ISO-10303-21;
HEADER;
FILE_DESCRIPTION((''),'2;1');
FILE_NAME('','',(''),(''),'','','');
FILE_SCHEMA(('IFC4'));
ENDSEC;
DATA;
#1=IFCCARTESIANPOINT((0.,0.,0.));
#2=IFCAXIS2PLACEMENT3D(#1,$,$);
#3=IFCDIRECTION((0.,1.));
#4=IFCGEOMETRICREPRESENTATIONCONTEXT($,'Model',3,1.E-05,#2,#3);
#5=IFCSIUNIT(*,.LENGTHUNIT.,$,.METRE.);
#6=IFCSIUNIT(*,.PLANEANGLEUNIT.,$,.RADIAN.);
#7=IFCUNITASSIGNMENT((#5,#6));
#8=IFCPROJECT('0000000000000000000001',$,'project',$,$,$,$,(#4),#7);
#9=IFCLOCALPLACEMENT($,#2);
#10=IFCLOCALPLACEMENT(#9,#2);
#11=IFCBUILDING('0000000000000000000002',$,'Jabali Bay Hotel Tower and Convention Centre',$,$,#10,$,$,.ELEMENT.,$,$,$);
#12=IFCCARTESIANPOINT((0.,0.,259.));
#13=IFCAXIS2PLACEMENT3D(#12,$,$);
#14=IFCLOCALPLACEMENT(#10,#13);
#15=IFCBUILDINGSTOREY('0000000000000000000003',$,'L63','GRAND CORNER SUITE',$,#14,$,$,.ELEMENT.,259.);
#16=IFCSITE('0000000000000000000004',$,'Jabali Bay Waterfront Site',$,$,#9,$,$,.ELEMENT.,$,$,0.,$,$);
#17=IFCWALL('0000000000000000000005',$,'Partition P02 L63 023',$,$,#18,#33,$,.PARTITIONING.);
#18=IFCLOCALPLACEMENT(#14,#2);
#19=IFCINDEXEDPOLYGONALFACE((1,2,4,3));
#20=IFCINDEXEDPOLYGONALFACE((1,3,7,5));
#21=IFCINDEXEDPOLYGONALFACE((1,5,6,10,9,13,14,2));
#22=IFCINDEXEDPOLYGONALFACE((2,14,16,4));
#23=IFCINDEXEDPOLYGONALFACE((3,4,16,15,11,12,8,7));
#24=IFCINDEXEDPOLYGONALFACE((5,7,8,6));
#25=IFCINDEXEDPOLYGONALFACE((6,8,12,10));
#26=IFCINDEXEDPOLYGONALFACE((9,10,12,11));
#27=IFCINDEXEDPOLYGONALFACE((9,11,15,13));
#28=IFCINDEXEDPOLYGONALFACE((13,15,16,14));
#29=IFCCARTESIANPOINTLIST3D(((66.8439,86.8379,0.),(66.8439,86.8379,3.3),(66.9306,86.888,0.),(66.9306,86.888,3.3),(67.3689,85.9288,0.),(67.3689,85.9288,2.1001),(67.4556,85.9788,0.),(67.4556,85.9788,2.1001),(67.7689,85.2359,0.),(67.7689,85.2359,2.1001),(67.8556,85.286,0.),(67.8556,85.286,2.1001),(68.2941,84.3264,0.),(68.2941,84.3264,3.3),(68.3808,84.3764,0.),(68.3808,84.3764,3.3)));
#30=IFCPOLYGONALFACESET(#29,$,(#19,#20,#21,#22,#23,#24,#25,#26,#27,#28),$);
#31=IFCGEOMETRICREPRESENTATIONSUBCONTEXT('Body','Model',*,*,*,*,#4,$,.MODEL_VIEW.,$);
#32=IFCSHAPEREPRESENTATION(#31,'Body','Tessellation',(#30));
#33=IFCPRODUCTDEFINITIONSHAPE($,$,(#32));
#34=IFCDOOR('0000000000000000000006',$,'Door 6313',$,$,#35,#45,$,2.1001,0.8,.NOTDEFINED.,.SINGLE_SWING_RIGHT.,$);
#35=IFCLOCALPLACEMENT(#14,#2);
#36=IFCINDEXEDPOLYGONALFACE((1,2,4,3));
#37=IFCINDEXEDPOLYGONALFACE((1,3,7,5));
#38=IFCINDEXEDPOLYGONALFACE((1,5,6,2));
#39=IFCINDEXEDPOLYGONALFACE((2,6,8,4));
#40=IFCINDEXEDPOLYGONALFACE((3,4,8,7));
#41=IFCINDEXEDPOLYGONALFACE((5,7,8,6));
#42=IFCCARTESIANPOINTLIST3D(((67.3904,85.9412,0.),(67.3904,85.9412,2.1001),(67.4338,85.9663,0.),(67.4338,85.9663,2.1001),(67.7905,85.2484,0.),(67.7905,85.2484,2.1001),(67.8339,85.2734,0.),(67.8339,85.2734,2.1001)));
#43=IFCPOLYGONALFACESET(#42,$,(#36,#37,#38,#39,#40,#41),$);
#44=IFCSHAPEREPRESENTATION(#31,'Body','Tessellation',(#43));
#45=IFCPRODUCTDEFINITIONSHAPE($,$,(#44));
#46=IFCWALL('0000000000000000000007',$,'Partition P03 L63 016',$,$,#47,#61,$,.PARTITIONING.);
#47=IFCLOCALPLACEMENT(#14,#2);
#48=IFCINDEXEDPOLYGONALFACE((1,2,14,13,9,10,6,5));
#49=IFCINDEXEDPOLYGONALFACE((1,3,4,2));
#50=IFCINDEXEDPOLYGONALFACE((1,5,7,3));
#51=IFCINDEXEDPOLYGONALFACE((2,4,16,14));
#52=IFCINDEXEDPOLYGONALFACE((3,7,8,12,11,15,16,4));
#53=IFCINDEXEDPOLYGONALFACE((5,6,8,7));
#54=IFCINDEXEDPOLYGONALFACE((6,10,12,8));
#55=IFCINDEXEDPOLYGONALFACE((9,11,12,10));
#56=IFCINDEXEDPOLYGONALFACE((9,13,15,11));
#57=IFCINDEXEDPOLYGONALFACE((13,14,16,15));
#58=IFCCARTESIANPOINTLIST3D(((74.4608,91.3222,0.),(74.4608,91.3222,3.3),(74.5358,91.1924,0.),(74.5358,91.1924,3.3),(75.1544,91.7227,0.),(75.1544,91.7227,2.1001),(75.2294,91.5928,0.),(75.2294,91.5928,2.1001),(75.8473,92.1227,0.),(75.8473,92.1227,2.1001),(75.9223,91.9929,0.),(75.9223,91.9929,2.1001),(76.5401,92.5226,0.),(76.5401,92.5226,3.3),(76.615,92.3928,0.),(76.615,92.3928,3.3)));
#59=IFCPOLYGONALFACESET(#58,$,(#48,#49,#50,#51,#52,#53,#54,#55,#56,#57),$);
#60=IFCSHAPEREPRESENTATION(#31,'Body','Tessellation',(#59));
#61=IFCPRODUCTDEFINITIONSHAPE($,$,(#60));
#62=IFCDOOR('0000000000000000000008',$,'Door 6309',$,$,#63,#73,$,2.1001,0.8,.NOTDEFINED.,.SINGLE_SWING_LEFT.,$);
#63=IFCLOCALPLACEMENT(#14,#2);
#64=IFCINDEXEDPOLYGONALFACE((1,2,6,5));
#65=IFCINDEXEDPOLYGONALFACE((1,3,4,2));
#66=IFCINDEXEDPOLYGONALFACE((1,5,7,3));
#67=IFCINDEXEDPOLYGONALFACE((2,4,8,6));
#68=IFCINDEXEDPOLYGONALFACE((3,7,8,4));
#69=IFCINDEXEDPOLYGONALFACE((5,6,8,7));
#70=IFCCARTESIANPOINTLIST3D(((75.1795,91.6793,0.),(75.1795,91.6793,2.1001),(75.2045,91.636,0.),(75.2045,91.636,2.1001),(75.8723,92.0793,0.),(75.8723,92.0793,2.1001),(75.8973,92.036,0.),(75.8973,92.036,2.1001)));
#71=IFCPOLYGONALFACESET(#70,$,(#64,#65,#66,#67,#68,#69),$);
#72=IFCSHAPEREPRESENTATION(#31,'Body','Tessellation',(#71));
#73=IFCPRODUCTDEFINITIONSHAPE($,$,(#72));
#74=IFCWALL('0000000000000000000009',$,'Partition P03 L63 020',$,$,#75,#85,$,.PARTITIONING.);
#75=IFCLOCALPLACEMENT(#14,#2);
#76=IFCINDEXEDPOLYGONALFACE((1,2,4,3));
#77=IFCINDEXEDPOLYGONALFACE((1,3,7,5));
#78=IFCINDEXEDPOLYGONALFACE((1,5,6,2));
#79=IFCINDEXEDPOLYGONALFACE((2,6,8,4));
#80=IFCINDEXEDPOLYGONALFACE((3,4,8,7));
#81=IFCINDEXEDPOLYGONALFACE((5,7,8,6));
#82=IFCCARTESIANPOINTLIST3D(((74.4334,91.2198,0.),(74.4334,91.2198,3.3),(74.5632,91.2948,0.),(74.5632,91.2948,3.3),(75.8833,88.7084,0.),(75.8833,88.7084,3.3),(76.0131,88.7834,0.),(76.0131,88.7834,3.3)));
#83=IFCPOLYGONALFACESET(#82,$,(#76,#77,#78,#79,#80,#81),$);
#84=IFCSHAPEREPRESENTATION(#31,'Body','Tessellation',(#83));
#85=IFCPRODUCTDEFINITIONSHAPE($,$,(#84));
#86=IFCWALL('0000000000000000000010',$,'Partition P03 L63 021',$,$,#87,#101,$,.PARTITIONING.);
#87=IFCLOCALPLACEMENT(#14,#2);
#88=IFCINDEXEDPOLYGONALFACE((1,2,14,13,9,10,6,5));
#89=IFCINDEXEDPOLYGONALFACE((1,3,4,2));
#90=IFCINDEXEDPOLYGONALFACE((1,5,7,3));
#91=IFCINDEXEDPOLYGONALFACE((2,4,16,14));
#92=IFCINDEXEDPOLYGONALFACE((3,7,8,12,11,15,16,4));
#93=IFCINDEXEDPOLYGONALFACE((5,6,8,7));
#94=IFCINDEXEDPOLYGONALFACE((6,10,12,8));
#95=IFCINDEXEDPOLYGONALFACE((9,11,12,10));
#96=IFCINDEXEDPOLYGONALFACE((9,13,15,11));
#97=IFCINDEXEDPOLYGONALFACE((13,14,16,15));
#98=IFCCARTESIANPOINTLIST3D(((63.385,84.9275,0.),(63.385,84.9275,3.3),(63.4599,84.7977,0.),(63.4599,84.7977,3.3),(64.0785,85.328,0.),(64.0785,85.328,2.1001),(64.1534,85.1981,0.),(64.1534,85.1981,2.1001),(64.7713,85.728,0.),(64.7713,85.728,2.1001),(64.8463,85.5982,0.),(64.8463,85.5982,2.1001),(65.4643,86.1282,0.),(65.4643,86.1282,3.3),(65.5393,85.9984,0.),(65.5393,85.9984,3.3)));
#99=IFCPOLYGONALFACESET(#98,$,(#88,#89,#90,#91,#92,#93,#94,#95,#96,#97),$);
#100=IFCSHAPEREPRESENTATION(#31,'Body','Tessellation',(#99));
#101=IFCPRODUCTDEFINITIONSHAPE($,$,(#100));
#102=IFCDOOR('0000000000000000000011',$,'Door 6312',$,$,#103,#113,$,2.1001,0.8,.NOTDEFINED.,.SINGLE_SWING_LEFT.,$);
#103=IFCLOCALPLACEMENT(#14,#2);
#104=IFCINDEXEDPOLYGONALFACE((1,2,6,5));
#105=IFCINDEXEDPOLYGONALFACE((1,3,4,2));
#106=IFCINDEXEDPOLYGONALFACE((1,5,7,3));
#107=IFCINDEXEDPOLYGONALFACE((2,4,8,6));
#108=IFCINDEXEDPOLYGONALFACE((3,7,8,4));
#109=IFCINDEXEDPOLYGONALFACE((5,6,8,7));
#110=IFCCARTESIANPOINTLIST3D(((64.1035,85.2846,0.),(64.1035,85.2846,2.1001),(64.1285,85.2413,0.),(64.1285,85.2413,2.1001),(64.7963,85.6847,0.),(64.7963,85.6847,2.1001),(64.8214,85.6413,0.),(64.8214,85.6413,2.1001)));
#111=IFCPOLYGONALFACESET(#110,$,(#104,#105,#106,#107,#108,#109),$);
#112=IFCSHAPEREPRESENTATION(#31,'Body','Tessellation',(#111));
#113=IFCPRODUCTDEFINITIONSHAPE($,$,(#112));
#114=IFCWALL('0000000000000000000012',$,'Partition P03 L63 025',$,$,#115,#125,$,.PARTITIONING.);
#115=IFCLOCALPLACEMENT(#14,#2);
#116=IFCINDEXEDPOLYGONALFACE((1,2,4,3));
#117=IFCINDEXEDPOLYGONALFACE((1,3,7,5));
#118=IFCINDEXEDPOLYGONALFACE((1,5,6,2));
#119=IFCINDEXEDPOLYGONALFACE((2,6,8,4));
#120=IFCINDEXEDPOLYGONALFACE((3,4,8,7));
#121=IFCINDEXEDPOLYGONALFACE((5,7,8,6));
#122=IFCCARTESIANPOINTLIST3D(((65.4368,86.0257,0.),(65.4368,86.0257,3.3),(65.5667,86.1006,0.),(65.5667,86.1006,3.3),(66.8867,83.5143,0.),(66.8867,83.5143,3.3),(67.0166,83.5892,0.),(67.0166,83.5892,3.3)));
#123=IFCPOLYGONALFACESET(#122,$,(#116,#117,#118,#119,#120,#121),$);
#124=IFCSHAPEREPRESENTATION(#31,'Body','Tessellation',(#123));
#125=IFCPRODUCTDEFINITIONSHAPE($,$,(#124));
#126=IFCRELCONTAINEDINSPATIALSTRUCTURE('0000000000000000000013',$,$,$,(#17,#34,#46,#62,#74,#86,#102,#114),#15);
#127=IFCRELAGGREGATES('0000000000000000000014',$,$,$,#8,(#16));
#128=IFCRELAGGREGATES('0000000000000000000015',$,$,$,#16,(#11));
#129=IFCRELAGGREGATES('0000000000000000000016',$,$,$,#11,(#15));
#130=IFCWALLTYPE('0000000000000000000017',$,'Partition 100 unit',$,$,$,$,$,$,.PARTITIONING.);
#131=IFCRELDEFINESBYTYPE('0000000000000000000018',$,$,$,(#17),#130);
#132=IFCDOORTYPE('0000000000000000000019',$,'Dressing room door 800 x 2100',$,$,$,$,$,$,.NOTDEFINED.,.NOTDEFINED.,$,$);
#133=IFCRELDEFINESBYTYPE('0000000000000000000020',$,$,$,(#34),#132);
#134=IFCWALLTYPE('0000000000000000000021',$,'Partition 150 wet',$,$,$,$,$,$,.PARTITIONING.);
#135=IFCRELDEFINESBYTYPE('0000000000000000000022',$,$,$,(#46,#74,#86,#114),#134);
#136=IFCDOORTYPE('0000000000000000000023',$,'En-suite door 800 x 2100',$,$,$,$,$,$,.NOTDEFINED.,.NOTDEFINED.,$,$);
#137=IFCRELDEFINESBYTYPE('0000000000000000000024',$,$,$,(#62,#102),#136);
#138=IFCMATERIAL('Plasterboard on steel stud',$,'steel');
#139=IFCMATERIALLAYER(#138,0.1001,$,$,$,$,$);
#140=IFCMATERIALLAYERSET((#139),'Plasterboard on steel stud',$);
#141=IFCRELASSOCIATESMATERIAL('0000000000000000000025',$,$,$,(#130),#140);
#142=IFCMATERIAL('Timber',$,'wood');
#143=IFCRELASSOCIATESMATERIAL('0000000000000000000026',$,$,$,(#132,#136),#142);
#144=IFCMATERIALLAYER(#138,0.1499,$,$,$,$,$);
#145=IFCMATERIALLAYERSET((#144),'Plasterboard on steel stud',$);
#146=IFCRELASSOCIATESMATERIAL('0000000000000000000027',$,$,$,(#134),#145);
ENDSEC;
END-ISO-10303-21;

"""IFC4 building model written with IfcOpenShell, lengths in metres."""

from ifc_helpers import new_model, si_unit, direction, frame, frame_2d, origin, place, context, subcontext, project, spatial, rectangle, extrude, material, layer, layer_set, type_object, element, fill, save


model = new_model("IFC4")

# Units and contexts
model_context = context("Model", 3, precision=1e-05, world=origin(), true_north=direction((0.0, 1.0)))
body_context = subcontext(model_context, "Body", "Model", "MODEL_VIEW")
ifc_project = project(units=[si_unit("LENGTHUNIT", "METRE"), si_unit("PLANEANGLEUNIT", "RADIAN")], contexts=[model_context])

# Site, building, storey
site_placement = place(None, origin())
site = spatial("IfcSite", under=ifc_project, at=site_placement, Name="Jabali Bay Waterfront Site", CompositionType="ELEMENT", RefElevation=0.0)
building_placement = place(site_placement, origin())
building = spatial("IfcBuilding", under=site, at=building_placement, Name="Jabali Bay Hotel Tower and Convention Centre", CompositionType="ELEMENT")
storey_placement = place(building_placement, frame((0.0, 0.0, 259.0)))
storey = spatial("IfcBuildingStorey", under=building, at=storey_placement, Name="L63", Description="GRAND CORNER SUITE", CompositionType="ELEMENT", Elevation=259.0)

# Shared definitions
ifc_material_1 = material(Name="Timber", Category="wood")

# Shared definitions
ifc_material_2 = material(Name="Plasterboard on steel stud", Category="steel")
ifc_layer_1 = layer(ifc_material_2, 0.1001)
ifc_layer_set_1 = layer_set([ifc_layer_1], Name="Plasterboard on steel stud")
wall_type_1 = type_object("IfcWallType", Name="Partition 100 unit", PredefinedType="PARTITIONING", material=ifc_layer_set_1)
door_type_1 = type_object("IfcDoorType", Name="Dressing room door 800 x 2100", OperationType="NOTDEFINED", PredefinedType="NOTDEFINED", material=ifc_material_1)

# Walls, openings, doors
wall_1_placement = place(storey_placement, frame((66.8872, 86.863, 0.0), z_axis=(0.0, 0.0, 1.0), x_axis=(0.50005, -0.865996, 0.0)))
wall_1 = element("IfcWall", 1, at=wall_1_placement, inside=storey, type_object=wall_type_1, Name="Partition P02 L63 023", PredefinedType="PARTITIONING", context=body_context, shape_type="SweptSolid", body=[
    extrude(rectangle(XDim=2.9001, YDim=0.1001, at=frame_2d((1.4502, 0.0))), origin(), (0.0, 0.0, 1.0), 3.3),
])
opening_1_placement = place(wall_1_placement, frame((1.05, 0.0, 0.0)))
opening_1 = element("IfcOpeningElement", 2, at=opening_1_placement, cuts=wall_1, PredefinedType="OPENING", context=body_context, shape_type="SweptSolid", body=[
    extrude(rectangle(XDim=0.8, YDim=2.1001, at=frame_2d((0.3999, 1.05))), frame((0.0, 0.0605, 0.0), z_axis=(0.0, -1.0, 0.0), x_axis=(1.0, 0.0, 0.0)), (0.0, 0.0, 1.0), 0.1211),
])
door_1_placement = place(opening_1_placement, origin())
door_1 = element("IfcDoor", 3, at=door_1_placement, inside=storey, type_object=door_type_1, Name="Door 6313", OperationType="SINGLE_SWING_RIGHT", OverallHeight=2.1001, OverallWidth=0.8, PredefinedType="NOTDEFINED", context=body_context, shape_type="SweptSolid", body=[
    extrude(rectangle(XDim=0.8, YDim=2.1001, at=frame_2d((0.3999, 1.05))), frame((0.0, 0.0249, 0.0), z_axis=(0.0, -1.0, 0.0), x_axis=(1.0, 0.0, 0.0)), (0.0, 0.0, 1.0), 0.05),
])
fill(opening_1, door_1)
ifc_layer_2 = layer(ifc_material_2, 0.1499)
ifc_layer_set_2 = layer_set([ifc_layer_2], Name="Plasterboard on steel stud")
wall_type_2 = type_object("IfcWallType", Name="Partition 150 wet", PredefinedType="PARTITIONING", material=ifc_layer_set_2)
wall_2_placement = place(storey_placement, frame((74.4983, 91.2573, 0.0), z_axis=(0.0, 0.0, 1.0), x_axis=(0.866038, 0.499978, 0.0)))
wall_2 = element("IfcWall", 4, at=wall_2_placement, inside=storey, type_object=wall_type_2, Name="Partition P03 L63 016", PredefinedType="PARTITIONING", context=body_context, shape_type="SweptSolid", body=[
    extrude(rectangle(XDim=2.4009, YDim=0.1499, at=frame_2d((1.2004, 0.0))), origin(), (0.0, 0.0, 1.0), 3.3),
])
opening_2_placement = place(wall_2_placement, frame((0.801, 0.0, 0.0)))
opening_2 = element("IfcOpeningElement", 5, at=opening_2_placement, cuts=wall_2, PredefinedType="OPENING", context=body_context, shape_type="SweptSolid", body=[
    extrude(rectangle(XDim=0.8, YDim=2.1001, at=frame_2d((0.3999, 1.05))), frame((0.0, 0.0854, 0.0), z_axis=(0.0, -1.0, 0.0), x_axis=(1.0, 0.0, 0.0)), (0.0, 0.0, 1.0), 0.1709),
])
door_type_2 = type_object("IfcDoorType", Name="En-suite door 800 x 2100", OperationType="NOTDEFINED", PredefinedType="NOTDEFINED", material=ifc_material_1)
door_2_placement = place(opening_2_placement, origin())
door_2 = element("IfcDoor", 6, at=door_2_placement, inside=storey, type_object=door_type_2, Name="Door 6309", OperationType="SINGLE_SWING_LEFT", OverallHeight=2.1001, OverallWidth=0.8, PredefinedType="NOTDEFINED", context=body_context, shape_type="SweptSolid", body=[
    extrude(rectangle(XDim=0.8, YDim=2.1001, at=frame_2d((0.3999, 1.05))), frame((0.0, 0.0249, 0.0), z_axis=(0.0, -1.0, 0.0), x_axis=(1.0, 0.0, 0.0)), (0.0, 0.0, 1.0), 0.05),
])
fill(opening_2, door_2)

# Wall
wall_3_placement = place(storey_placement, frame((74.4983, 91.2573, 0.0), z_axis=(0.0, 0.0, 1.0), x_axis=(0.499987, -0.866033, 0.0)))
element("IfcWall", 7, at=wall_3_placement, inside=storey, type_object=wall_type_2, Name="Partition P03 L63 020", PredefinedType="PARTITIONING", context=body_context, shape_type="SweptSolid", body=[
    extrude(rectangle(XDim=2.8999, YDim=0.1499, at=frame_2d((1.45, 0.0))), origin(), (0.0, 0.0, 1.0), 3.3),
])

# Wall, opening, door
wall_4_placement = place(storey_placement, frame((63.4224, 84.8625, 0.0), z_axis=(0.0, 0.0, 1.0), x_axis=(0.865994, 0.500054, 0.0)))
wall_4 = element("IfcWall", 8, at=wall_4_placement, inside=storey, type_object=wall_type_2, Name="Partition P03 L63 021", PredefinedType="PARTITIONING", context=body_context, shape_type="SweptSolid", body=[
    extrude(rectangle(XDim=2.4011, YDim=0.1499, at=frame_2d((1.2007, 0.0))), origin(), (0.0, 0.0, 1.0), 3.3),
])
opening_3_placement = place(wall_4_placement, frame((0.801, 0.0, 0.0)))
opening_3 = element("IfcOpeningElement", 9, at=opening_3_placement, cuts=wall_4, PredefinedType="OPENING", context=body_context, shape_type="SweptSolid", body=[
    extrude(rectangle(XDim=0.8, YDim=2.1001, at=frame_2d((0.3999, 1.05))), frame((0.0, 0.0854, 0.0), z_axis=(0.0, -1.0, 0.0), x_axis=(1.0, 0.0, 0.0)), (0.0, 0.0, 1.0), 0.1709),
])
door_3_placement = place(opening_3_placement, origin())
door_3 = element("IfcDoor", 10, at=door_3_placement, inside=storey, type_object=door_type_2, Name="Door 6312", OperationType="SINGLE_SWING_LEFT", OverallHeight=2.1001, OverallWidth=0.8, PredefinedType="NOTDEFINED", context=body_context, shape_type="SweptSolid", body=[
    extrude(rectangle(XDim=0.8, YDim=2.1001, at=frame_2d((0.3999, 1.05))), frame((0.0, 0.0249, 0.0), z_axis=(0.0, -1.0, 0.0), x_axis=(1.0, 0.0, 0.0)), (0.0, 0.0, 1.0), 0.05),
])
fill(opening_3, door_3)

# Wall
wall_5_placement = place(storey_placement, frame((66.9517, 83.5518, 0.0), z_axis=(0.0, 0.0, 1.0), x_axis=(-0.499987, 0.866033, 0.0)))
element("IfcWall", 11, at=wall_5_placement, inside=storey, type_object=wall_type_2, Name="Partition P03 L63 025", PredefinedType="PARTITIONING", context=body_context, shape_type="SweptSolid", body=[
    extrude(rectangle(XDim=2.8999, YDim=0.1499, at=frame_2d((1.45, 0.0))), origin(), (0.0, 0.0, 1.0), 3.3),
])

save(model, "model.ifc")
